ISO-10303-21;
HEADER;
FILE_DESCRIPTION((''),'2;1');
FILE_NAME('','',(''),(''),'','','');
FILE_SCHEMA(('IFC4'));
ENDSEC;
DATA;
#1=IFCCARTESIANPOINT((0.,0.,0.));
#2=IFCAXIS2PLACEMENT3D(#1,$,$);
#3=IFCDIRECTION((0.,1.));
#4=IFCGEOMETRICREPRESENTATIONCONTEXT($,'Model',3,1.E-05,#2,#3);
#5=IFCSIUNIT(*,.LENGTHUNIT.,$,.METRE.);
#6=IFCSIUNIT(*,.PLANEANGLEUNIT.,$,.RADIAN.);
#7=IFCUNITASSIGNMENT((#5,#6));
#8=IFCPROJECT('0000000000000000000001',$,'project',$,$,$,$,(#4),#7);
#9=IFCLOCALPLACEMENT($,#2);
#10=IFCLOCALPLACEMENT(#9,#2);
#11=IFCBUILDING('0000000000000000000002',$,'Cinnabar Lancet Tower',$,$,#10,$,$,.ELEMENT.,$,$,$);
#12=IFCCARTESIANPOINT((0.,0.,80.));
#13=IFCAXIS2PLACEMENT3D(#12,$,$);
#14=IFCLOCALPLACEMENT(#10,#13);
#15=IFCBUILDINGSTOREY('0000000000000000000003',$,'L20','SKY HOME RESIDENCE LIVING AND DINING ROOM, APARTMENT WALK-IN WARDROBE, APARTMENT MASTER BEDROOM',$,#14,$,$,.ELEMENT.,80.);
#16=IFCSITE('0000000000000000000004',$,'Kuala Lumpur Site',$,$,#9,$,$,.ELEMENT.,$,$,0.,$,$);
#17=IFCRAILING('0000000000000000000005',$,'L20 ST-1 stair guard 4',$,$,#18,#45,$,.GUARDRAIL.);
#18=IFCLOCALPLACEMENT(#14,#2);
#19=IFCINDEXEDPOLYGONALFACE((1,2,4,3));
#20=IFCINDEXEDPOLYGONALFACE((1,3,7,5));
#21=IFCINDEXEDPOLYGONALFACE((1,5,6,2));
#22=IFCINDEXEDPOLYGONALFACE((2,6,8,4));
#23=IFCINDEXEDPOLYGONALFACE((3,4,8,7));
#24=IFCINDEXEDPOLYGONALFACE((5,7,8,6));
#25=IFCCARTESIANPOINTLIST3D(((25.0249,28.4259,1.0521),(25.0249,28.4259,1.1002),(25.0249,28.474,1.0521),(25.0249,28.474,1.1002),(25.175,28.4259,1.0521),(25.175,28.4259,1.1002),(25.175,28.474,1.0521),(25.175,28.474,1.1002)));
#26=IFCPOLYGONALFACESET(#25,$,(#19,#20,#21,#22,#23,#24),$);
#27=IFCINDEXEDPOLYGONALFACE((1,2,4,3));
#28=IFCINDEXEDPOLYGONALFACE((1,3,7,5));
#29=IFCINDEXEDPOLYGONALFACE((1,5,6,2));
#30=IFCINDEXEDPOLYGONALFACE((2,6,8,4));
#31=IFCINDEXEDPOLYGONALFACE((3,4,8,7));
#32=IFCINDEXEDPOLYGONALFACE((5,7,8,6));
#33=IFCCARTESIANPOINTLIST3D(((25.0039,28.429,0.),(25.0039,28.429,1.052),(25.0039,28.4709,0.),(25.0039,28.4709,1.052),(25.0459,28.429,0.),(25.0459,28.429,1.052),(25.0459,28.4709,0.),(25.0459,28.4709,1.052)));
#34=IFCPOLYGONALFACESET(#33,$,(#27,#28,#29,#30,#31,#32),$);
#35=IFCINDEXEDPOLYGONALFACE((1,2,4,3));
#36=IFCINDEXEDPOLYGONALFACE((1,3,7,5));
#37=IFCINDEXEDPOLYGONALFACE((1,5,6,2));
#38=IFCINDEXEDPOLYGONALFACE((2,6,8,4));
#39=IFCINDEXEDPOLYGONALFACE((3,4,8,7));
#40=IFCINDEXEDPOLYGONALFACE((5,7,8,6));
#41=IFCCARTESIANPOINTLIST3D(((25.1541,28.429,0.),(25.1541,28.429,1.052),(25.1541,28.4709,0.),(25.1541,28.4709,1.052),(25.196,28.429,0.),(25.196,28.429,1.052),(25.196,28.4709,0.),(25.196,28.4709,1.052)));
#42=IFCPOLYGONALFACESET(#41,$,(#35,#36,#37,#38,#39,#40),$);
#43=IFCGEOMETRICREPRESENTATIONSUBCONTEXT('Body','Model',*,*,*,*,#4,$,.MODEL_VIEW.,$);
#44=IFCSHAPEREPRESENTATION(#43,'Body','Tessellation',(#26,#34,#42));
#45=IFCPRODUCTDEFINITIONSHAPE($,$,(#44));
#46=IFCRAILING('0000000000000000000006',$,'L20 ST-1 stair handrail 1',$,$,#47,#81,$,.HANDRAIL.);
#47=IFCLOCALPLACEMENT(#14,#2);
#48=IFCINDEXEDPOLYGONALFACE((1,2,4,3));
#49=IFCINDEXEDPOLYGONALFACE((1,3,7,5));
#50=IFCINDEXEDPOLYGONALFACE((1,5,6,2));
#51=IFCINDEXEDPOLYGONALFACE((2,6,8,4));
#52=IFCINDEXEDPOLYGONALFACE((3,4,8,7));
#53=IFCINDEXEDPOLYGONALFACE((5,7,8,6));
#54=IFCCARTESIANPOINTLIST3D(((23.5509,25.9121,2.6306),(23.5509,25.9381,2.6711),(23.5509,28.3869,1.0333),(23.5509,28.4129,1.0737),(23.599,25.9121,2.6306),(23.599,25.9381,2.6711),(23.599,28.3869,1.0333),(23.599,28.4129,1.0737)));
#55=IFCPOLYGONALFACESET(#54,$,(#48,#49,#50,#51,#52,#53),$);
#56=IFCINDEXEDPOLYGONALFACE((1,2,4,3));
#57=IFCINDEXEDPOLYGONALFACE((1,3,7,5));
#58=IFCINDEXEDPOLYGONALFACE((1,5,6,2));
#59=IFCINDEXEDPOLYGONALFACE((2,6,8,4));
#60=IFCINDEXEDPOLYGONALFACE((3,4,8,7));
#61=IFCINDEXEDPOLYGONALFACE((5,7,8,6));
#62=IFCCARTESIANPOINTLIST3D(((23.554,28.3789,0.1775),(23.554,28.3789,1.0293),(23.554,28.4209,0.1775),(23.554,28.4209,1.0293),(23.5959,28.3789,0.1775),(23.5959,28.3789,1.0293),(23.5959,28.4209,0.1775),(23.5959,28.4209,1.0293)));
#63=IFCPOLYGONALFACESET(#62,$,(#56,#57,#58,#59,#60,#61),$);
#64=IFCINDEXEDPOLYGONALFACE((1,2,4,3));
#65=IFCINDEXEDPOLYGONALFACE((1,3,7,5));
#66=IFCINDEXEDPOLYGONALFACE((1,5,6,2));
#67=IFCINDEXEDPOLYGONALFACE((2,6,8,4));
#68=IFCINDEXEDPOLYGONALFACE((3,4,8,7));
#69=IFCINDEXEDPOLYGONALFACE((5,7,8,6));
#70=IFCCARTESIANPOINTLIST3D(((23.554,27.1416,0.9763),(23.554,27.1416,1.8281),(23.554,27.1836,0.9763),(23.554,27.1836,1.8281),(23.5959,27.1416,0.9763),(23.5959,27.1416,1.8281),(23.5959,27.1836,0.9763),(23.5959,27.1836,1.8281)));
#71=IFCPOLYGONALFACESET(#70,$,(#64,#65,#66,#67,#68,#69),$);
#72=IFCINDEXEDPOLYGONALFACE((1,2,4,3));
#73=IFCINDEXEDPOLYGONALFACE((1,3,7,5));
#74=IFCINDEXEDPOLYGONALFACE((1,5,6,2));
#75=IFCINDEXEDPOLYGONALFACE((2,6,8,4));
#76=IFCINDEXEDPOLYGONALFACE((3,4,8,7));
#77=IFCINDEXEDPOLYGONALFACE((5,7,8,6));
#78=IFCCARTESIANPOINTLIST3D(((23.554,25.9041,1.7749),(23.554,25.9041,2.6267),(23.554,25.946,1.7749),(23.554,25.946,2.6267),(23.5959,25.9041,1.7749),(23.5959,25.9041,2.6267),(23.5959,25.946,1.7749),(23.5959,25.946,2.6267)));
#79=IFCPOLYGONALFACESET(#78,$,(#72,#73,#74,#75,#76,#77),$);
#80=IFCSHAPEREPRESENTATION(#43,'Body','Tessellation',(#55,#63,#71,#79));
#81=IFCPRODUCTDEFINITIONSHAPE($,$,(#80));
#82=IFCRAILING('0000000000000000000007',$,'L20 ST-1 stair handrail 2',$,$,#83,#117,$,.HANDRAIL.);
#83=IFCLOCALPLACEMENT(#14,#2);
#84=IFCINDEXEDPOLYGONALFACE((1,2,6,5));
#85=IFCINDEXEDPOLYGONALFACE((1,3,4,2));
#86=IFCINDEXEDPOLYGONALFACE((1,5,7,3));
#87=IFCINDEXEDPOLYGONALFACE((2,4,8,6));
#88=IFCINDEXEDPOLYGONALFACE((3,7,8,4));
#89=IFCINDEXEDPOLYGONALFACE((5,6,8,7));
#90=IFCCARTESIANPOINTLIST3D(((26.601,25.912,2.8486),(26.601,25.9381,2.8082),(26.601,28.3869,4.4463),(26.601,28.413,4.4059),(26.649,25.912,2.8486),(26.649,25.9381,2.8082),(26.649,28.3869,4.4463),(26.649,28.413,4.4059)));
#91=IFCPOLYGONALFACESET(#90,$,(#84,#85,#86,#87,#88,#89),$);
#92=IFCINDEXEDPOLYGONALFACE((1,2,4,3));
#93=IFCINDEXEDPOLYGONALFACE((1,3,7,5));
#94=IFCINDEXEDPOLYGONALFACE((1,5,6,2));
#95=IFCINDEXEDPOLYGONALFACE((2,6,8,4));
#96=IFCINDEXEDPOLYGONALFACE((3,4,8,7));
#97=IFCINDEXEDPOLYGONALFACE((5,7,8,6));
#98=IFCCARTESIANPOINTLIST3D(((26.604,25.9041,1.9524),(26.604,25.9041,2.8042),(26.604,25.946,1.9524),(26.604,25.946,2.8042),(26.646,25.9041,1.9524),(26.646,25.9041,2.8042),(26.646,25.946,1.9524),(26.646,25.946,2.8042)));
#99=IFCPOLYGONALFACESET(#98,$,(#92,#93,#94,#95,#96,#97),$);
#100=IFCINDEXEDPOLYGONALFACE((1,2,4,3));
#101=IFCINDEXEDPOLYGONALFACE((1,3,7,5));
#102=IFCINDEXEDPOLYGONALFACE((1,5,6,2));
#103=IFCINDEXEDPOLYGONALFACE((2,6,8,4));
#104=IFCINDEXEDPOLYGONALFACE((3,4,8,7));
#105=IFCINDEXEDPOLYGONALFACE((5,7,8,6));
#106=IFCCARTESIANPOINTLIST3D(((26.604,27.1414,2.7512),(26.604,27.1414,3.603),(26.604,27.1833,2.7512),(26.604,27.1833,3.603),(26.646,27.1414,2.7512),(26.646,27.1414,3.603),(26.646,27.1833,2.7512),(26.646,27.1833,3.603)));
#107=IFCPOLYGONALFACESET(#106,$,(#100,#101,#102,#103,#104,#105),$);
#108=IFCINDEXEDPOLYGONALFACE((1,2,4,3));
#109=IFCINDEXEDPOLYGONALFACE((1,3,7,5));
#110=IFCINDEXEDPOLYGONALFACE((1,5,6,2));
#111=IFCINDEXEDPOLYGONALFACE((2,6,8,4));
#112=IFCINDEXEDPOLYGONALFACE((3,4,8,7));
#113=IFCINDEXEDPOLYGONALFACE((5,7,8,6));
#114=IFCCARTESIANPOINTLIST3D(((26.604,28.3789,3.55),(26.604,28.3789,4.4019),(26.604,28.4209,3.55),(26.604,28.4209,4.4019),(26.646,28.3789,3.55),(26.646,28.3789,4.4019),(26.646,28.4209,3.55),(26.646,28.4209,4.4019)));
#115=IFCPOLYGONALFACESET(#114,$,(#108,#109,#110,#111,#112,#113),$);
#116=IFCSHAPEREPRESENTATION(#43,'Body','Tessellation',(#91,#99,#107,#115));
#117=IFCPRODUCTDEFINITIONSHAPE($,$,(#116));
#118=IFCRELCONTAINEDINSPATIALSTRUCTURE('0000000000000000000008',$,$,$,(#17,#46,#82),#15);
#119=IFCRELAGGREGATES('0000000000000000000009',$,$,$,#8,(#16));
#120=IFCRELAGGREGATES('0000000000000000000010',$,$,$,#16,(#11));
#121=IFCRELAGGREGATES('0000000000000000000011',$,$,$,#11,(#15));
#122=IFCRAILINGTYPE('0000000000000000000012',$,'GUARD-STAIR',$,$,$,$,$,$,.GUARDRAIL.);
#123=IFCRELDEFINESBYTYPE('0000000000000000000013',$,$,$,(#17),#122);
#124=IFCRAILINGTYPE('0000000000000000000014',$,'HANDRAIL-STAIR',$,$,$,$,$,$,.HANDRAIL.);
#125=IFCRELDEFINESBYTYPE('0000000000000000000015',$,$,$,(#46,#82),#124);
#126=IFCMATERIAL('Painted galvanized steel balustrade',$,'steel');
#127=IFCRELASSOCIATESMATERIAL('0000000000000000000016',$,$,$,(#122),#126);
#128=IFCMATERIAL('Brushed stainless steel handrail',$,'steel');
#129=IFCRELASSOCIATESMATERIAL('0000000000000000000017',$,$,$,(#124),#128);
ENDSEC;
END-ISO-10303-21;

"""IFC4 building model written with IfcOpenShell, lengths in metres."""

from ifc_helpers import new_model, si_unit, direction, frame, origin, origin_2d, place, context, subcontext, project, spatial, rectangle, extrude, material, type_object, element, save


model = new_model("IFC4")

# Units and contexts
model_context = context("Model", 3, precision=1e-05, world=origin(), true_north=direction((0.0, 1.0)))
body_context = subcontext(model_context, "Body", "Model", "MODEL_VIEW")
ifc_project = project(units=[si_unit("LENGTHUNIT", "METRE"), si_unit("PLANEANGLEUNIT", "RADIAN")], contexts=[model_context])

# Site, building, storey
site_placement = place(None, origin())
site = spatial("IfcSite", under=ifc_project, at=site_placement, Name="Kuala Lumpur Site", CompositionType="ELEMENT", RefElevation=0.0)
building_placement = place(site_placement, origin())
building = spatial("IfcBuilding", under=site, at=building_placement, Name="Cinnabar Lancet Tower", CompositionType="ELEMENT")
storey_placement = place(building_placement, frame((0.0, 0.0, 80.0)))
storey = spatial("IfcBuildingStorey", under=building, at=storey_placement, Name="L20", Description="SKY HOME RESIDENCE LIVING AND DINING ROOM, APARTMENT WALK-IN WARDROBE, APARTMENT MASTER BEDROOM", CompositionType="ELEMENT", Elevation=80.0)

# Railings
ifc_material_1 = material(Name="Painted galvanized steel balustrade", Category="steel")
railing_type_1 = type_object("IfcRailingType", Name="GUARD-STAIR", PredefinedType="GUARDRAIL", material=ifc_material_1)
railing_1_placement = place(storey_placement, frame((25.0249, 28.45, 0.0)))
element("IfcRailing", 1, at=railing_1_placement, inside=storey, type_object=railing_type_1, Name="L20 ST-1 stair guard 4", PredefinedType="GUARDRAIL", context=body_context, shape_type="SweptSolid", body=[
    extrude(rectangle(XDim=0.0481, YDim=0.0481, at=origin_2d()), frame((0.0, 0.0, 1.0762), z_axis=(1.0, 0.0, 0.0), x_axis=(0.0, 1.0, 0.0)), (0.0, 0.0, 1.0), 0.1501),
    extrude(rectangle(XDim=0.042, YDim=0.042, at=origin_2d()), origin(), (0.0, 0.0, 1.0), 1.052),
    extrude(rectangle(XDim=0.042, YDim=0.042, at=origin_2d()), frame((0.1501, 0.0, 0.0)), (0.0, 0.0, 1.0), 1.052),
])
ifc_material_2 = material(Name="Brushed stainless steel handrail", Category="steel")
railing_type_2 = type_object("IfcRailingType", Name="HANDRAIL-STAIR", PredefinedType="HANDRAIL", material=ifc_material_2)
railing_2_placement = place(storey_placement, frame((23.575, 28.3999, 0.1775)))
element("IfcRailing", 2, at=railing_2_placement, inside=storey, type_object=railing_type_2, Name="L20 ST-1 stair handrail 1", PredefinedType="HANDRAIL", context=body_context, shape_type="SweptSolid", body=[
    extrude(rectangle(XDim=0.0481, YDim=0.0481, at=origin_2d()), frame((0.0, 0.0, 0.876), z_axis=(0.0, -0.840183, 0.542302), x_axis=(1.0, 0.0, 0.0)), (0.0, 0.0, 1.0), 2.9456),
    extrude(rectangle(XDim=0.042, YDim=0.042, at=origin_2d()), origin(), (0.0, 0.0, 1.0), 0.8518),
    extrude(rectangle(XDim=0.042, YDim=0.042, at=origin_2d()), frame((0.0, -1.2373, 0.7988)), (0.0, 0.0, 1.0), 0.8518),
    extrude(rectangle(XDim=0.042, YDim=0.042, at=origin_2d()), frame((0.0, -2.4749, 1.5974)), (0.0, 0.0, 1.0), 0.8518),
])
railing_3_placement = place(storey_placement, frame((26.625, 25.925, 1.9524)))
element("IfcRailing", 3, at=railing_3_placement, inside=storey, type_object=railing_type_2, Name="L20 ST-1 stair handrail 2", PredefinedType="HANDRAIL", context=body_context, shape_type="SweptSolid", body=[
    extrude(rectangle(XDim=0.0481, YDim=0.0481, at=origin_2d()), frame((0.0, 0.0, 0.876), z_axis=(0.0, 0.840146, 0.542361), x_axis=(-1.0, 0.0, 0.0)), (0.0, 0.0, 1.0), 2.9458),
    extrude(rectangle(XDim=0.042, YDim=0.042, at=origin_2d()), origin(), (0.0, 0.0, 1.0), 0.8518),
    extrude(rectangle(XDim=0.042, YDim=0.042, at=origin_2d()), frame((0.0, 1.2373, 0.7988)), (0.0, 0.0, 1.0), 0.8518),
    extrude(rectangle(XDim=0.042, YDim=0.042, at=origin_2d()), frame((0.0, 2.4749, 1.5977)), (0.0, 0.0, 1.0), 0.8518),
])

save(model, "model.ifc")
